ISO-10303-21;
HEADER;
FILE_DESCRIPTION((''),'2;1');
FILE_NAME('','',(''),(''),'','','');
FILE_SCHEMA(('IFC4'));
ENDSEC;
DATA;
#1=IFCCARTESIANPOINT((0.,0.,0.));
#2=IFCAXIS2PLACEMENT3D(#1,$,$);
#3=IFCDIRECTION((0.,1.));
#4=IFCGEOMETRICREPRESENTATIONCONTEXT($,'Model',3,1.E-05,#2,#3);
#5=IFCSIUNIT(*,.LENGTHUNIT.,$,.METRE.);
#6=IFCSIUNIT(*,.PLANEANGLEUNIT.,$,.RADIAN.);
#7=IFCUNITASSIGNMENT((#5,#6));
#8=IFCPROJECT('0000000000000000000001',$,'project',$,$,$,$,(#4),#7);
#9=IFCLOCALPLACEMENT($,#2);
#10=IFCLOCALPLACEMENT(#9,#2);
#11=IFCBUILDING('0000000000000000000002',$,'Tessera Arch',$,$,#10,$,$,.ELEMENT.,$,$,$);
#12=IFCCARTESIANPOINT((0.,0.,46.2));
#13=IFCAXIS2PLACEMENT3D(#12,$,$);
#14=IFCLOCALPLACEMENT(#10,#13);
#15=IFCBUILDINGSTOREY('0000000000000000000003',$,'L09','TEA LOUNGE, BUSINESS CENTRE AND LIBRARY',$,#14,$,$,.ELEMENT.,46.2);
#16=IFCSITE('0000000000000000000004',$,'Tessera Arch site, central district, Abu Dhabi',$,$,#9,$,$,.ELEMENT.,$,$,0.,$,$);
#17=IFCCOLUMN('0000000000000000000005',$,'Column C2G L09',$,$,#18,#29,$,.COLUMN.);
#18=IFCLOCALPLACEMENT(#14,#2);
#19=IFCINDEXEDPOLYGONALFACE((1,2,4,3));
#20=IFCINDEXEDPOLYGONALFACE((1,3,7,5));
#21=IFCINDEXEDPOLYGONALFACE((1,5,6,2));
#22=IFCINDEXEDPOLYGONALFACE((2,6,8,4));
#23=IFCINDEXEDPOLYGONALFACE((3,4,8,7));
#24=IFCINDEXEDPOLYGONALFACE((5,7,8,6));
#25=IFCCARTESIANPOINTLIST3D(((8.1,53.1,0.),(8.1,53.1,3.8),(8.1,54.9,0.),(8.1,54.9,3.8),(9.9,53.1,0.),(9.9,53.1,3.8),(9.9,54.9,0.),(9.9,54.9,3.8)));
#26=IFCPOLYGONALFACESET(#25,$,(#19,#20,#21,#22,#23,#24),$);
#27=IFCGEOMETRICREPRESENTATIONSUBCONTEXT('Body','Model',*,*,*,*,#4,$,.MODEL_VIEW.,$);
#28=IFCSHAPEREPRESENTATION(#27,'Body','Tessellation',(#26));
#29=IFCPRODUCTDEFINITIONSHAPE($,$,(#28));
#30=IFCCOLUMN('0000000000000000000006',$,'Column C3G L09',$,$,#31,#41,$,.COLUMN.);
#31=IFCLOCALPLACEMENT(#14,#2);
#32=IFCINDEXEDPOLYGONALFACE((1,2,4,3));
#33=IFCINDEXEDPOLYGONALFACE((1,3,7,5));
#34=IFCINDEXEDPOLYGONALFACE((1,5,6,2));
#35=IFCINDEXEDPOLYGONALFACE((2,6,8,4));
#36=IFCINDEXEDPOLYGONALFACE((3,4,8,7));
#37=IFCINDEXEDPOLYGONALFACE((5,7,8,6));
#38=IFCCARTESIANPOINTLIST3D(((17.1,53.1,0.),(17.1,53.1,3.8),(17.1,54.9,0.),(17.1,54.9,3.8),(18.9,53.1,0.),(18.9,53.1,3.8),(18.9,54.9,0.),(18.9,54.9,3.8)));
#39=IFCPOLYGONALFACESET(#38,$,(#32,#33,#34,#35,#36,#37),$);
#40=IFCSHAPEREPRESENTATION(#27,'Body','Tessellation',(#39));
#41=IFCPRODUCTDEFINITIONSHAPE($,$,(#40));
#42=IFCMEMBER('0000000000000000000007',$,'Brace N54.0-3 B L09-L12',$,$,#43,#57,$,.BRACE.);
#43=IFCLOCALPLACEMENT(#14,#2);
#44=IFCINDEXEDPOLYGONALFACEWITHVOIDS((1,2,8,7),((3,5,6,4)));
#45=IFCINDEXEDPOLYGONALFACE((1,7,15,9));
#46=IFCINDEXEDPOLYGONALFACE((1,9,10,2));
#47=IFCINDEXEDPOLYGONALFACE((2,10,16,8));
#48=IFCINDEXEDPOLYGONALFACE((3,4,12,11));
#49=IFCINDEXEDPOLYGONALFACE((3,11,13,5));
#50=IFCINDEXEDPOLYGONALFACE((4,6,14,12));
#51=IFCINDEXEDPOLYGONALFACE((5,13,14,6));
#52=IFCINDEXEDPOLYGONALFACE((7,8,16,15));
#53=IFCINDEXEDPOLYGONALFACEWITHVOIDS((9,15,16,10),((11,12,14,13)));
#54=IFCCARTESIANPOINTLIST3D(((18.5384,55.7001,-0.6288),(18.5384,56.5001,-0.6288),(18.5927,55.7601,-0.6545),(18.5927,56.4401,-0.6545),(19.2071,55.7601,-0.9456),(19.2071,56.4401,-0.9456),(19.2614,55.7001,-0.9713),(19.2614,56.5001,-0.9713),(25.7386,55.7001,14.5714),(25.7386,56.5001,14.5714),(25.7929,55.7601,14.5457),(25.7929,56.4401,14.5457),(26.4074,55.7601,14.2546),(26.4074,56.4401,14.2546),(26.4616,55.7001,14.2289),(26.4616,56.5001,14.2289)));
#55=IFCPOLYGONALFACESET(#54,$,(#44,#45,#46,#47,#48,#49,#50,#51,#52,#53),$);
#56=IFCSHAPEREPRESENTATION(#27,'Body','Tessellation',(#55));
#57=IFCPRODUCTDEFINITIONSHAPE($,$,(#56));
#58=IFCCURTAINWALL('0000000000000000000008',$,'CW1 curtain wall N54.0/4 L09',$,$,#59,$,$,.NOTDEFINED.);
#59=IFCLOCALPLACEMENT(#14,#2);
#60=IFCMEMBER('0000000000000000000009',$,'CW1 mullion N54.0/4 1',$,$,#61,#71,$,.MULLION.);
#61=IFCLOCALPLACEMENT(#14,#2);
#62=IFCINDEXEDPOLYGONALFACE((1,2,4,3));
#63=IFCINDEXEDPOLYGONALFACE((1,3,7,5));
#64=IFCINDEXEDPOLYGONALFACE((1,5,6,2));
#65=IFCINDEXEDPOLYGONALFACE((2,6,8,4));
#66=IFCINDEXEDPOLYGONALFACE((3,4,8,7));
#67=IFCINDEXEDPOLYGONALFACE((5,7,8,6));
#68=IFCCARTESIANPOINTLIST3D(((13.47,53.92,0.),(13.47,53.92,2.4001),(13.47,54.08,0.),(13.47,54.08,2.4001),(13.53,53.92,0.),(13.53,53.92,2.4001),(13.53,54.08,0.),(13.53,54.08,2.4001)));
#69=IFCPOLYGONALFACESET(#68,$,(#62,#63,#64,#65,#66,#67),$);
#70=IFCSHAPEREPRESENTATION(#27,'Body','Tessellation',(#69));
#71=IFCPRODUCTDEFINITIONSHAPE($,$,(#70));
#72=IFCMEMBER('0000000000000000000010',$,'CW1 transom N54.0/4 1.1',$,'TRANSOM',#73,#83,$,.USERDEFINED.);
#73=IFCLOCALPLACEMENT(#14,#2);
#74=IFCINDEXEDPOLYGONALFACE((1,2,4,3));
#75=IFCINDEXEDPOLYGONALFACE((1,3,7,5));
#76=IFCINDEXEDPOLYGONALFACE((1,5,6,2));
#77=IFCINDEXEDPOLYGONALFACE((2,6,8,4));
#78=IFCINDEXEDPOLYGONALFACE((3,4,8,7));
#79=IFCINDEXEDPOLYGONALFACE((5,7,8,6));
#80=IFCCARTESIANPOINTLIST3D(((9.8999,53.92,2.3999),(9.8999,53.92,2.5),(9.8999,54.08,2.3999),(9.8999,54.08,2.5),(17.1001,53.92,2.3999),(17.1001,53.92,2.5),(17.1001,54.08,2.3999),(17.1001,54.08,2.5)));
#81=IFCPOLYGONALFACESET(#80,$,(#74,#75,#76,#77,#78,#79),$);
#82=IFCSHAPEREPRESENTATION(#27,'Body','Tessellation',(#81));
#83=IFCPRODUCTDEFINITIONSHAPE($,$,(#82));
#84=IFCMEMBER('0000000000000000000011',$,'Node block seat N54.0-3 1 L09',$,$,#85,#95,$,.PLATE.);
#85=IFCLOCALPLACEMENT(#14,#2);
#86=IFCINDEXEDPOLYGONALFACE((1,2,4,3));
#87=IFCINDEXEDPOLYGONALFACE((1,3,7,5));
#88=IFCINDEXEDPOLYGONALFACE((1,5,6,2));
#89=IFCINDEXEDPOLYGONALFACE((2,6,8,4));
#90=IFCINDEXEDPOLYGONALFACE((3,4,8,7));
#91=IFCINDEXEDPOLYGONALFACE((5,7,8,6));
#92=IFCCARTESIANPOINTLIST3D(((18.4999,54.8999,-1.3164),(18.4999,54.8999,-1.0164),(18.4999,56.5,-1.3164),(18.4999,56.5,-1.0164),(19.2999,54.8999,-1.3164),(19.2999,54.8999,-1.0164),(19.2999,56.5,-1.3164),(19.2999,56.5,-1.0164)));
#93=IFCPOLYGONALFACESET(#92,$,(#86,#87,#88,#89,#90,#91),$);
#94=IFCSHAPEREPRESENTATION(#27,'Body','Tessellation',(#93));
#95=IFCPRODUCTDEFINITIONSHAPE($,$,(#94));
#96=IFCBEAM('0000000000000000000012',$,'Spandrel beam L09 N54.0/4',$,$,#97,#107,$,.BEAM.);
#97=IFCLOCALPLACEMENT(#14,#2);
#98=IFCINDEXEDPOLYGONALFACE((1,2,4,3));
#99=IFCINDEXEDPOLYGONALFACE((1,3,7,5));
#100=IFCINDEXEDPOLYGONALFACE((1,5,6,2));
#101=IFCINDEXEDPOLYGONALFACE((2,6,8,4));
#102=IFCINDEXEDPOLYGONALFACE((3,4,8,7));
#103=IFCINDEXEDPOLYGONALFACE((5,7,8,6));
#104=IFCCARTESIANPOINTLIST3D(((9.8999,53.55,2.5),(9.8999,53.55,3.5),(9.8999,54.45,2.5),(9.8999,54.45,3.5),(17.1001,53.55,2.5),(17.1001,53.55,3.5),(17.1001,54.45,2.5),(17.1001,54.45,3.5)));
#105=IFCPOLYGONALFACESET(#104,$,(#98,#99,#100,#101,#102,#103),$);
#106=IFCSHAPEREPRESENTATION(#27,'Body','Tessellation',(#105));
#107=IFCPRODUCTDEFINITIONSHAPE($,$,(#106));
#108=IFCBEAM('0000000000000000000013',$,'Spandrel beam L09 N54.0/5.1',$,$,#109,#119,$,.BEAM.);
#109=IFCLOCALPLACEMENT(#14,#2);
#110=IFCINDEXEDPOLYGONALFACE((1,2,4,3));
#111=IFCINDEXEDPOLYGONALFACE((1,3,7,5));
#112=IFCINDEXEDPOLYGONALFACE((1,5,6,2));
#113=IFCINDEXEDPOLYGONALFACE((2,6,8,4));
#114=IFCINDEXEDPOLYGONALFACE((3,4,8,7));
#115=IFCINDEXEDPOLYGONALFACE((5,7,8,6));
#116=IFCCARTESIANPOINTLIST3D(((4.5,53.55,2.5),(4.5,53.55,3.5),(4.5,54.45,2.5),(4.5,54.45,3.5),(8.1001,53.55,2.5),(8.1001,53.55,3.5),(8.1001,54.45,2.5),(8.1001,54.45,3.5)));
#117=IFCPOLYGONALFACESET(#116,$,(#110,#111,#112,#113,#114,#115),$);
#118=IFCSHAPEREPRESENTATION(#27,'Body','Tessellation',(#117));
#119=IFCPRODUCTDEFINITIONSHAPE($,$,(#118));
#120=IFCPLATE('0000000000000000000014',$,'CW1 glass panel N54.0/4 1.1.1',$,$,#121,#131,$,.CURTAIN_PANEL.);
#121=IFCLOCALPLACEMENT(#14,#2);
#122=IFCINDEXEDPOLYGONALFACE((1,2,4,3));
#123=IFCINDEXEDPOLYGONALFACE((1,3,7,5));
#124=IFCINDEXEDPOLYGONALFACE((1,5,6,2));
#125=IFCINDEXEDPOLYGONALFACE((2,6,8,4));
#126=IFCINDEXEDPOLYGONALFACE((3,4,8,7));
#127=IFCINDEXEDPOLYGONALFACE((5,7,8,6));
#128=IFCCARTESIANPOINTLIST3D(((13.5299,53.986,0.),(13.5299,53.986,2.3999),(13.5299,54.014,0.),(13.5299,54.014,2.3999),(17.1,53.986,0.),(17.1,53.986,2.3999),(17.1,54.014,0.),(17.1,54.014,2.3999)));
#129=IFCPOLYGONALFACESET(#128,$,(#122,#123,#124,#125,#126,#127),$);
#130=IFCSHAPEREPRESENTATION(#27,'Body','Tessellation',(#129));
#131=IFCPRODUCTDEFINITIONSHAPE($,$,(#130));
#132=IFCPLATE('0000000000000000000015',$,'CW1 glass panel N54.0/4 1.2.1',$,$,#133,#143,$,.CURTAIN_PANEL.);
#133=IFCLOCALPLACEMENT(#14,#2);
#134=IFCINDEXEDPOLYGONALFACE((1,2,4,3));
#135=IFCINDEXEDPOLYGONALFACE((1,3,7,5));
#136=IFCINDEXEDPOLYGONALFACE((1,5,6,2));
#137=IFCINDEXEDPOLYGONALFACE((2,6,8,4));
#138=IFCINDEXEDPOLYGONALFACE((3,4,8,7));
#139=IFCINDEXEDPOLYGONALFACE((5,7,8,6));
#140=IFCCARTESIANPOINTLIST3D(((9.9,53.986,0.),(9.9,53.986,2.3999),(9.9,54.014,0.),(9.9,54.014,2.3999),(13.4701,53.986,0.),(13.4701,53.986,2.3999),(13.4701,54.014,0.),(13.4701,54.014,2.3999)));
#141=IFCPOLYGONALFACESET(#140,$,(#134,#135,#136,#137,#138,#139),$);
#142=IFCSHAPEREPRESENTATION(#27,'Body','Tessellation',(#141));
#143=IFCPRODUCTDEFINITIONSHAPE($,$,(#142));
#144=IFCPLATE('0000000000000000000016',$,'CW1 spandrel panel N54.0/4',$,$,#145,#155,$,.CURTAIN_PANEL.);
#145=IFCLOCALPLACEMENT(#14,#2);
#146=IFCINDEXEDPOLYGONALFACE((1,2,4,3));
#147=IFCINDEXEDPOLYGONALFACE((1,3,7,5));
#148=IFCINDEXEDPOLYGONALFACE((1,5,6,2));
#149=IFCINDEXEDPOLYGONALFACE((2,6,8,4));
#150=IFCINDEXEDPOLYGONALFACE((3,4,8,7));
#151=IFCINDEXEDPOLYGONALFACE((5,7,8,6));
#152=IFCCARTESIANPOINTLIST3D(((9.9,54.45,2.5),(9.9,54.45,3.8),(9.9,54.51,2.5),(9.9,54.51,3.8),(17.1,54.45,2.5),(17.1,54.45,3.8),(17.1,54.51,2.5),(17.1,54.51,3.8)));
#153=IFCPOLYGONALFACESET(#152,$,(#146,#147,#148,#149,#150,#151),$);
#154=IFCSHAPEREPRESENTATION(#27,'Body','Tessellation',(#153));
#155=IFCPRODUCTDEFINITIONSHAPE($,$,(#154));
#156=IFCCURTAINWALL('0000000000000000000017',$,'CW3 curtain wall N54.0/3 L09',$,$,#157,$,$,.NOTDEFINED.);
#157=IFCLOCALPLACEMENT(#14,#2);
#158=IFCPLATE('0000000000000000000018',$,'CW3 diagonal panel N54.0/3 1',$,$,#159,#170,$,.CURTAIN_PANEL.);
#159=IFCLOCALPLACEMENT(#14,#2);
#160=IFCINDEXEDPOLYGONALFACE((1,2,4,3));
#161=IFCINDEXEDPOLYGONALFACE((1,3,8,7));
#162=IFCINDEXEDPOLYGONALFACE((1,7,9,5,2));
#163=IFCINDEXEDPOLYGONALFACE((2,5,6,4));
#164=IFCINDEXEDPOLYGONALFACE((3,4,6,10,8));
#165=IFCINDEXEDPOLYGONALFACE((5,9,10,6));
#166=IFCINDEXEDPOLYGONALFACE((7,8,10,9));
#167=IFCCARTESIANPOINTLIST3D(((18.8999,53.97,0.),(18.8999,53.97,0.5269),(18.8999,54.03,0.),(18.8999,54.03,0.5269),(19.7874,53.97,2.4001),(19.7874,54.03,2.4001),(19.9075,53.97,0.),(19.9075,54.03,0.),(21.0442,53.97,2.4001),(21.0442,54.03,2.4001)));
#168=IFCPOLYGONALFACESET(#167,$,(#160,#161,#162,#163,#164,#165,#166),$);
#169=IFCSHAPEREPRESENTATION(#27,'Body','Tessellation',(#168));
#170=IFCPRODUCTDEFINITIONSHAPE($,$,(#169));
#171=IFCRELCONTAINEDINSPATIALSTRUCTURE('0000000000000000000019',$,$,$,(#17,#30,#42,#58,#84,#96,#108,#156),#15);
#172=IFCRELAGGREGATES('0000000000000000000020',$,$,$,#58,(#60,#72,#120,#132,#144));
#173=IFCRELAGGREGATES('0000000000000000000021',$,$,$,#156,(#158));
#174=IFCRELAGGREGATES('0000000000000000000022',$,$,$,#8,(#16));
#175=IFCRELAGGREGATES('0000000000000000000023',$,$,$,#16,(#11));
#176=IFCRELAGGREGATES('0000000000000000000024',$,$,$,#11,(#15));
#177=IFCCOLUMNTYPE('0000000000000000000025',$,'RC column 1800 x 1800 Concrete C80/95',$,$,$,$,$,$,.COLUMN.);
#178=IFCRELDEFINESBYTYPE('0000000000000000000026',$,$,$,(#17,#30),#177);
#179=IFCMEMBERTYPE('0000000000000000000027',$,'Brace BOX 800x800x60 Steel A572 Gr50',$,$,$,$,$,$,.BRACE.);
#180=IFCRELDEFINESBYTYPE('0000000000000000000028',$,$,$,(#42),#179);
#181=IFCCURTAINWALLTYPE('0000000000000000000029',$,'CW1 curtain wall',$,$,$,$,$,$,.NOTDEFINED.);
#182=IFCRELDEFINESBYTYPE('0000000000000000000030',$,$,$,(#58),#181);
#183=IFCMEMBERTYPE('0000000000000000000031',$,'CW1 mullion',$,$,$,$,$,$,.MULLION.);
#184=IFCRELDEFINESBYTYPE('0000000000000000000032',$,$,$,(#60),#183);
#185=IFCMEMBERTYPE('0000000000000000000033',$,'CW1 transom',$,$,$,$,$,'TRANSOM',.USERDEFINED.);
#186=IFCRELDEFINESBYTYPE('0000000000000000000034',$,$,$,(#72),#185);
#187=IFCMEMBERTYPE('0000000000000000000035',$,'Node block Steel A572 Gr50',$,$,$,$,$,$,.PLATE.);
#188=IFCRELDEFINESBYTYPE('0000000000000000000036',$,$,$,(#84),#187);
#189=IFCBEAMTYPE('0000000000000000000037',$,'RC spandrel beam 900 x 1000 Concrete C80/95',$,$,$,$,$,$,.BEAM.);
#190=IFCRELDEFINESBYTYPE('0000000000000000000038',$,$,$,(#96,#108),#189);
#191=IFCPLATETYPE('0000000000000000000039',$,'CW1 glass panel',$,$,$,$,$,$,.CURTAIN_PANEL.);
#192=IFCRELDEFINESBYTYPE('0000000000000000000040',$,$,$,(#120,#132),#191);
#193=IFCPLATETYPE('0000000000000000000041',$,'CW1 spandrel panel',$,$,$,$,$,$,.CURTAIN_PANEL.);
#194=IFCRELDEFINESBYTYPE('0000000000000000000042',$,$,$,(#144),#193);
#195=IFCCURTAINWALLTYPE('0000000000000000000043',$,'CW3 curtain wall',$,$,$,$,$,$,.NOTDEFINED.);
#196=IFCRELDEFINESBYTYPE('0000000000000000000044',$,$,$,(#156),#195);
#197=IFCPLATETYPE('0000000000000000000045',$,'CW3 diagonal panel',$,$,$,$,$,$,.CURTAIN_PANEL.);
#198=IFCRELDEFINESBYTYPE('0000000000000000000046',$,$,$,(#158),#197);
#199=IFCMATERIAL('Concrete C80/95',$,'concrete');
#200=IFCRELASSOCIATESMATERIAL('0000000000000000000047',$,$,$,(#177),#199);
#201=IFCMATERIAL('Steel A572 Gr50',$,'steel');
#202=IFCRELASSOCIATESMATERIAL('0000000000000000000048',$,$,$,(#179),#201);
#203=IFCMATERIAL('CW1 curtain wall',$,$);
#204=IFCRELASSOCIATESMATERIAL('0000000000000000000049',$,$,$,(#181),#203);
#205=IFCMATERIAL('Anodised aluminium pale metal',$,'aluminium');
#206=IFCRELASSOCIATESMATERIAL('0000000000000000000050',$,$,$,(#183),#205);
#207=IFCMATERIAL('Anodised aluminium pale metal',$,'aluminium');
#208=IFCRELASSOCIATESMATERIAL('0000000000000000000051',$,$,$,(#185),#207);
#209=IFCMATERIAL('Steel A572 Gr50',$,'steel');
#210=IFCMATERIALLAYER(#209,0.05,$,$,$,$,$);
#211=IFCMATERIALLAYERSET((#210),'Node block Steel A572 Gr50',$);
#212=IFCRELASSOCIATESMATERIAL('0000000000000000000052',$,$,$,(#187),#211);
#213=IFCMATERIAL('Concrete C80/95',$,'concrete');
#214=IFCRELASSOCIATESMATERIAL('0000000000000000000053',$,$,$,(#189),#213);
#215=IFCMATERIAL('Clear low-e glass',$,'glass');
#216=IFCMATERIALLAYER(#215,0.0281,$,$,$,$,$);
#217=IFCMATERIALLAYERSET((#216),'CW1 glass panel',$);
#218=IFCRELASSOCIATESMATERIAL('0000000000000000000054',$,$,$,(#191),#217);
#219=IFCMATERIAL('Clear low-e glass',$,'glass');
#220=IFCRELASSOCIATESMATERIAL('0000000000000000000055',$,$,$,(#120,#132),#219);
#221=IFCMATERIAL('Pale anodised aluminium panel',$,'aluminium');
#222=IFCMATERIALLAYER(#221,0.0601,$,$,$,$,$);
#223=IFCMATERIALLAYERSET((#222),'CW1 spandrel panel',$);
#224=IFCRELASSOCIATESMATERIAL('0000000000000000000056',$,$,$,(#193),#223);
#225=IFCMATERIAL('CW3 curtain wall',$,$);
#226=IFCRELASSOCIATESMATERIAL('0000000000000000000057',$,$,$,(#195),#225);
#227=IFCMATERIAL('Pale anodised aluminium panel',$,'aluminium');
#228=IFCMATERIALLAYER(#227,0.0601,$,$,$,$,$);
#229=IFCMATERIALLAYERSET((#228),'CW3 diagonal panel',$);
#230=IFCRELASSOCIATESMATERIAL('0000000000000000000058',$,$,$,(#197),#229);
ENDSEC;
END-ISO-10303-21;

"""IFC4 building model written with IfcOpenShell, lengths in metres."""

from ifc_helpers import new_model, si_unit, direction, frame, origin, origin_2d, place, context, subcontext, project, spatial, polyline, rectangle, hollow_rectangle, outline, extrude, material, layer, layer_set, material_profile, profile_set, type_object, element, aggregate, save


model = new_model("IFC4")

# Units and contexts
model_context = context("Model", 3, precision=1e-05, world=origin(), true_north=direction((0.0, 1.0)))
body_context = subcontext(model_context, "Body", "Model", "MODEL_VIEW")
ifc_project = project(units=[si_unit("LENGTHUNIT", "METRE"), si_unit("PLANEANGLEUNIT", "RADIAN")], contexts=[model_context])

# Site, building, storey
site_placement = place(None, origin())
site = spatial("IfcSite", under=ifc_project, at=site_placement, Name="Tessera Arch site, central district, Abu Dhabi", CompositionType="ELEMENT", RefElevation=0.0)
building_placement = place(site_placement, origin())
building = spatial("IfcBuilding", under=site, at=building_placement, Name="Tessera Arch", CompositionType="ELEMENT")
storey_placement = place(building_placement, frame((0.0, 0.0, 46.2)))
storey = spatial("IfcBuildingStorey", under=building, at=storey_placement, Name="L09", Description="TEA LOUNGE, BUSINESS CENTRE AND LIBRARY", CompositionType="ELEMENT", Elevation=46.2)

# Columns
ifc_material_1 = material(Name="Concrete C80/95", Category="concrete")
ifc_material_profile_1 = material_profile(ifc_material_1, rectangle(XDim=1.8, YDim=1.8, at=origin_2d()), Name="RC column 1800 x 1800 Concrete C80/95")
ifc_profile_set_1 = profile_set([ifc_material_profile_1], Name="Concrete C80/95")
column_type = type_object("IfcColumnType", Name="RC column 1800 x 1800 Concrete C80/95", PredefinedType="COLUMN", material=ifc_profile_set_1)
for number, where, z_axis, x_axis, name in (
    (1, (9.0, 54.0, 0.0), (0.0, 0.0, 1.0), (1.0, 0.0, 0.0), "Column C2G L09"),
    (2, (18.0, 54.0, 0.0), (0.0, 0.0, 1.0), (1.0, 0.0, 0.0), "Column C3G L09"),
):
    element("IfcColumn", number, at=place(storey_placement, frame(where, z_axis=z_axis, x_axis=x_axis)), inside=storey, type_object=column_type, Name=name, PredefinedType="COLUMN", context=body_context, shape_type="SweptSolid", body=[
        extrude(rectangle(XDim=1.8, YDim=1.8, at=origin_2d()), origin(), (0.0, 0.0, 1.0), 3.8),
    ])

# Member
ifc_material_2 = material(Name="Steel A572 Gr50", Category="steel")
ifc_material_profile_2 = material_profile(ifc_material_2, hollow_rectangle(XDim=0.8, YDim=0.8, WallThickness=0.0601, at=origin_2d()), Name="BOX 800x800x60")
ifc_profile_set_2 = profile_set([ifc_material_profile_2], Name="Steel A572 Gr50")
member_type_1 = type_object("IfcMemberType", Name="Brace BOX 800x800x60 Steel A572 Gr50", PredefinedType="BRACE", material=ifc_profile_set_2)
member_1_placement = place(storey_placement, frame((18.8999, 56.1001, -0.8), z_axis=(0.428091, 0.0, 0.903735), x_axis=(0.0, 1.0, 0.0)))
element("IfcMember", 3, at=member_1_placement, inside=storey, type_object=member_type_1, Name="Brace N54.0-3 B L09-L12", PredefinedType="BRACE", context=body_context, shape_type="SweptSolid", body=[
    extrude(hollow_rectangle(XDim=0.8, YDim=0.8, WallThickness=0.0601, at=origin_2d()), origin(), (0.0, 0.0, 1.0), 16.8193),
])

# Curtain wall, members
ifc_material_3 = material(Name="CW1 curtain wall")
curtain_wall_type_1 = type_object("IfcCurtainWallType", Name="CW1 curtain wall", PredefinedType="NOTDEFINED", material=ifc_material_3)
curtain_wall_1_placement = place(storey_placement, origin())
curtain_wall_1 = element("IfcCurtainWall", 4, at=curtain_wall_1_placement, inside=storey, type_object=curtain_wall_type_1, Name="CW1 curtain wall N54.0/4 L09", PredefinedType="NOTDEFINED")
ifc_material_4 = material(Name="Anodised aluminium pale metal", Category="aluminium")
ifc_material_profile_3 = material_profile(ifc_material_4, rectangle(XDim=0.1599, YDim=0.0601, at=origin_2d()), Name="AL 60x160")
ifc_profile_set_3 = profile_set([ifc_material_profile_3], Name="Anodised aluminium pale metal")
member_type_2 = type_object("IfcMemberType", Name="CW1 mullion", PredefinedType="MULLION", material=ifc_profile_set_3)
member_2_placement = place(storey_placement, frame((13.5, 54.0, 0.0), z_axis=(0.0, 0.0, 1.0), x_axis=(0.0, -1.0, 0.0)))
member_2 = element("IfcMember", 5, at=member_2_placement, type_object=member_type_2, Name="CW1 mullion N54.0/4 1", PredefinedType="MULLION", context=body_context, shape_type="SweptSolid", body=[
    extrude(rectangle(XDim=0.1599, YDim=0.0601, at=origin_2d()), origin(), (0.0, 0.0, 1.0), 2.4001),
])
ifc_material_5 = material(Name="Anodised aluminium pale metal", Category="aluminium")
ifc_material_profile_4 = material_profile(ifc_material_5, rectangle(XDim=0.1599, YDim=0.1001, at=origin_2d()), Name="AL 160x100")
ifc_profile_set_4 = profile_set([ifc_material_profile_4], Name="Anodised aluminium pale metal")
member_type_3 = type_object("IfcMemberType", Name="CW1 transom", ElementType="TRANSOM", PredefinedType="USERDEFINED", material=ifc_profile_set_4)
member_3_placement = place(storey_placement, frame((17.1001, 54.0, 2.45), z_axis=(-1.0, 0.0, 0.0), x_axis=(0.0, -1.0, 0.0)))
member_3 = element("IfcMember", 6, at=member_3_placement, type_object=member_type_3, Name="CW1 transom N54.0/4 1.1", ObjectType="TRANSOM", PredefinedType="USERDEFINED", context=body_context, shape_type="SweptSolid", body=[
    extrude(rectangle(XDim=0.1599, YDim=0.1001, at=origin_2d()), origin(), (0.0, 0.0, 1.0), 7.2002),
])

# Member
ifc_material_6 = material(Name="Steel A572 Gr50", Category="steel")
ifc_layer_1 = layer(ifc_material_6, 0.05)
ifc_layer_set_1 = layer_set([ifc_layer_1], Name="Node block Steel A572 Gr50")
member_type_4 = type_object("IfcMemberType", Name="Node block Steel A572 Gr50", PredefinedType="PLATE", material=ifc_layer_set_1)
member_4_placement = place(storey_placement, frame((18.8999, 55.7, -1.3164), z_axis=(0.0, 0.0, 1.0), x_axis=(-1.0, 0.0, 0.0)))
element("IfcMember", 7, at=member_4_placement, inside=storey, type_object=member_type_4, Name="Node block seat N54.0-3 1 L09", PredefinedType="PLATE", context=body_context, shape_type="SweptSolid", body=[
    extrude(rectangle(XDim=0.8, YDim=1.6001, at=origin_2d()), origin(), (0.0, 0.0, 1.0), 0.3),
])

# Beams
ifc_material_7 = material(Name="Concrete C80/95", Category="concrete")
ifc_material_profile_5 = material_profile(ifc_material_7, rectangle(XDim=0.8999, YDim=1.0, at=origin_2d()), Name="RC spandrel beam 900 x 1000 Concrete C80/95")
ifc_profile_set_5 = profile_set([ifc_material_profile_5], Name="Concrete C80/95")
beam_type = type_object("IfcBeamType", Name="RC spandrel beam 900 x 1000 Concrete C80/95", PredefinedType="BEAM", material=ifc_profile_set_5)
beam_1_placement = place(storey_placement, frame((17.1001, 54.0, 3.0), z_axis=(-1.0, 0.0, 0.0), x_axis=(0.0, -1.0, 0.0)))
element("IfcBeam", 8, at=beam_1_placement, inside=storey, type_object=beam_type, Name="Spandrel beam L09 N54.0/4", PredefinedType="BEAM", context=body_context, shape_type="SweptSolid", body=[
    extrude(rectangle(XDim=0.8999, YDim=1.0, at=origin_2d()), origin(), (0.0, 0.0, 1.0), 7.2002),
])
beam_2_placement = place(storey_placement, frame((8.1001, 54.0, 3.0), z_axis=(-1.0, 0.0, 0.0), x_axis=(0.0, -1.0, 0.0)))
element("IfcBeam", 9, at=beam_2_placement, inside=storey, type_object=beam_type, Name="Spandrel beam L09 N54.0/5.1", PredefinedType="BEAM", context=body_context, shape_type="SweptSolid", body=[
    extrude(rectangle(XDim=0.8999, YDim=1.0, at=origin_2d()), origin(), (0.0, 0.0, 1.0), 3.6001),
])

# Plates
ifc_material_8 = material(Name="Clear low-e glass", Category="glass")
ifc_material_9 = material(Name="Clear low-e glass", Category="glass")
ifc_layer_2 = layer(ifc_material_9, 0.0281)
ifc_layer_set_2 = layer_set([ifc_layer_2], Name="CW1 glass panel")
plate_type_1 = type_object("IfcPlateType", Name="CW1 glass panel", PredefinedType="CURTAIN_PANEL", material=ifc_layer_set_2)
plate_1_placement = place(storey_placement, frame((15.3149, 54.0, 0.0), z_axis=(0.0, 0.0, 1.0), x_axis=(-1.0, 0.0, 0.0)))
plate_1 = element("IfcPlate", 10, at=plate_1_placement, type_object=plate_type_1, material=ifc_material_8, Name="CW1 glass panel N54.0/4 1.1.1", PredefinedType="CURTAIN_PANEL", context=body_context, shape_type="SweptSolid", body=[
    extrude(rectangle(XDim=3.5701, YDim=0.0281, at=origin_2d()), origin(), (0.0, 0.0, 1.0), 2.3999),
])
plate_2_placement = place(storey_placement, frame((11.6851, 54.0, 0.0), z_axis=(0.0, 0.0, 1.0), x_axis=(-1.0, 0.0, 0.0)))
plate_2 = element("IfcPlate", 11, at=plate_2_placement, type_object=plate_type_1, material=ifc_material_8, Name="CW1 glass panel N54.0/4 1.2.1", PredefinedType="CURTAIN_PANEL", context=body_context, shape_type="SweptSolid", body=[
    extrude(rectangle(XDim=3.5701, YDim=0.0281, at=origin_2d()), origin(), (0.0, 0.0, 1.0), 2.3999),
])
ifc_material_10 = material(Name="Pale anodised aluminium panel", Category="aluminium")
ifc_layer_3 = layer(ifc_material_10, 0.0601)
ifc_layer_set_3 = layer_set([ifc_layer_3], Name="CW1 spandrel panel")
plate_type_2 = type_object("IfcPlateType", Name="CW1 spandrel panel", PredefinedType="CURTAIN_PANEL", material=ifc_layer_set_3)
plate_3_placement = place(storey_placement, frame((13.5, 54.48, 2.5), z_axis=(0.0, 0.0, 1.0), x_axis=(-1.0, 0.0, 0.0)))
plate_3 = element("IfcPlate", 12, at=plate_3_placement, type_object=plate_type_2, Name="CW1 spandrel panel N54.0/4", PredefinedType="CURTAIN_PANEL", context=body_context, shape_type="SweptSolid", body=[
    extrude(rectangle(XDim=7.2, YDim=0.0601, at=origin_2d()), origin(), (0.0, 0.0, 1.0), 1.3),
])
aggregate(curtain_wall_1, [member_2, member_3, plate_1, plate_2, plate_3])

# Curtain wall, plate
ifc_material_11 = material(Name="CW3 curtain wall")
curtain_wall_type_2 = type_object("IfcCurtainWallType", Name="CW3 curtain wall", PredefinedType="NOTDEFINED", material=ifc_material_11)
curtain_wall_2_placement = place(storey_placement, origin())
curtain_wall_2 = element("IfcCurtainWall", 13, at=curtain_wall_2_placement, inside=storey, type_object=curtain_wall_type_2, Name="CW3 curtain wall N54.0/3 L09", PredefinedType="NOTDEFINED")
ifc_material_12 = material(Name="Pale anodised aluminium panel", Category="aluminium")
ifc_layer_4 = layer(ifc_material_12, 0.0601)
ifc_layer_set_4 = layer_set([ifc_layer_4], Name="CW3 diagonal panel")
plate_type_3 = type_object("IfcPlateType", Name="CW3 diagonal panel", PredefinedType="CURTAIN_PANEL", material=ifc_layer_set_4)
plate_4_placement = place(storey_placement, frame((18.8999, 54.03, 0.0), z_axis=(0.0, 1.0, 0.0), x_axis=(0.0, 0.0, 1.0)))
plate_4 = element("IfcPlate", 14, at=plate_4_placement, type_object=plate_type_3, Name="CW3 diagonal panel N54.0/3 1", PredefinedType="CURTAIN_PANEL", context=body_context, shape_type="SweptSolid", body=[
    extrude(outline(polyline([(0.0, 0.0), (0.5269, 0.0), (2.4001, 0.8875), (2.4001, 2.1443), (0.0, 1.0076), (0.0, 0.0)])), origin(), (0.0, 0.0, -1.0), 0.0601),
])
aggregate(curtain_wall_2, [plate_4])

save(model, "model.ifc")
